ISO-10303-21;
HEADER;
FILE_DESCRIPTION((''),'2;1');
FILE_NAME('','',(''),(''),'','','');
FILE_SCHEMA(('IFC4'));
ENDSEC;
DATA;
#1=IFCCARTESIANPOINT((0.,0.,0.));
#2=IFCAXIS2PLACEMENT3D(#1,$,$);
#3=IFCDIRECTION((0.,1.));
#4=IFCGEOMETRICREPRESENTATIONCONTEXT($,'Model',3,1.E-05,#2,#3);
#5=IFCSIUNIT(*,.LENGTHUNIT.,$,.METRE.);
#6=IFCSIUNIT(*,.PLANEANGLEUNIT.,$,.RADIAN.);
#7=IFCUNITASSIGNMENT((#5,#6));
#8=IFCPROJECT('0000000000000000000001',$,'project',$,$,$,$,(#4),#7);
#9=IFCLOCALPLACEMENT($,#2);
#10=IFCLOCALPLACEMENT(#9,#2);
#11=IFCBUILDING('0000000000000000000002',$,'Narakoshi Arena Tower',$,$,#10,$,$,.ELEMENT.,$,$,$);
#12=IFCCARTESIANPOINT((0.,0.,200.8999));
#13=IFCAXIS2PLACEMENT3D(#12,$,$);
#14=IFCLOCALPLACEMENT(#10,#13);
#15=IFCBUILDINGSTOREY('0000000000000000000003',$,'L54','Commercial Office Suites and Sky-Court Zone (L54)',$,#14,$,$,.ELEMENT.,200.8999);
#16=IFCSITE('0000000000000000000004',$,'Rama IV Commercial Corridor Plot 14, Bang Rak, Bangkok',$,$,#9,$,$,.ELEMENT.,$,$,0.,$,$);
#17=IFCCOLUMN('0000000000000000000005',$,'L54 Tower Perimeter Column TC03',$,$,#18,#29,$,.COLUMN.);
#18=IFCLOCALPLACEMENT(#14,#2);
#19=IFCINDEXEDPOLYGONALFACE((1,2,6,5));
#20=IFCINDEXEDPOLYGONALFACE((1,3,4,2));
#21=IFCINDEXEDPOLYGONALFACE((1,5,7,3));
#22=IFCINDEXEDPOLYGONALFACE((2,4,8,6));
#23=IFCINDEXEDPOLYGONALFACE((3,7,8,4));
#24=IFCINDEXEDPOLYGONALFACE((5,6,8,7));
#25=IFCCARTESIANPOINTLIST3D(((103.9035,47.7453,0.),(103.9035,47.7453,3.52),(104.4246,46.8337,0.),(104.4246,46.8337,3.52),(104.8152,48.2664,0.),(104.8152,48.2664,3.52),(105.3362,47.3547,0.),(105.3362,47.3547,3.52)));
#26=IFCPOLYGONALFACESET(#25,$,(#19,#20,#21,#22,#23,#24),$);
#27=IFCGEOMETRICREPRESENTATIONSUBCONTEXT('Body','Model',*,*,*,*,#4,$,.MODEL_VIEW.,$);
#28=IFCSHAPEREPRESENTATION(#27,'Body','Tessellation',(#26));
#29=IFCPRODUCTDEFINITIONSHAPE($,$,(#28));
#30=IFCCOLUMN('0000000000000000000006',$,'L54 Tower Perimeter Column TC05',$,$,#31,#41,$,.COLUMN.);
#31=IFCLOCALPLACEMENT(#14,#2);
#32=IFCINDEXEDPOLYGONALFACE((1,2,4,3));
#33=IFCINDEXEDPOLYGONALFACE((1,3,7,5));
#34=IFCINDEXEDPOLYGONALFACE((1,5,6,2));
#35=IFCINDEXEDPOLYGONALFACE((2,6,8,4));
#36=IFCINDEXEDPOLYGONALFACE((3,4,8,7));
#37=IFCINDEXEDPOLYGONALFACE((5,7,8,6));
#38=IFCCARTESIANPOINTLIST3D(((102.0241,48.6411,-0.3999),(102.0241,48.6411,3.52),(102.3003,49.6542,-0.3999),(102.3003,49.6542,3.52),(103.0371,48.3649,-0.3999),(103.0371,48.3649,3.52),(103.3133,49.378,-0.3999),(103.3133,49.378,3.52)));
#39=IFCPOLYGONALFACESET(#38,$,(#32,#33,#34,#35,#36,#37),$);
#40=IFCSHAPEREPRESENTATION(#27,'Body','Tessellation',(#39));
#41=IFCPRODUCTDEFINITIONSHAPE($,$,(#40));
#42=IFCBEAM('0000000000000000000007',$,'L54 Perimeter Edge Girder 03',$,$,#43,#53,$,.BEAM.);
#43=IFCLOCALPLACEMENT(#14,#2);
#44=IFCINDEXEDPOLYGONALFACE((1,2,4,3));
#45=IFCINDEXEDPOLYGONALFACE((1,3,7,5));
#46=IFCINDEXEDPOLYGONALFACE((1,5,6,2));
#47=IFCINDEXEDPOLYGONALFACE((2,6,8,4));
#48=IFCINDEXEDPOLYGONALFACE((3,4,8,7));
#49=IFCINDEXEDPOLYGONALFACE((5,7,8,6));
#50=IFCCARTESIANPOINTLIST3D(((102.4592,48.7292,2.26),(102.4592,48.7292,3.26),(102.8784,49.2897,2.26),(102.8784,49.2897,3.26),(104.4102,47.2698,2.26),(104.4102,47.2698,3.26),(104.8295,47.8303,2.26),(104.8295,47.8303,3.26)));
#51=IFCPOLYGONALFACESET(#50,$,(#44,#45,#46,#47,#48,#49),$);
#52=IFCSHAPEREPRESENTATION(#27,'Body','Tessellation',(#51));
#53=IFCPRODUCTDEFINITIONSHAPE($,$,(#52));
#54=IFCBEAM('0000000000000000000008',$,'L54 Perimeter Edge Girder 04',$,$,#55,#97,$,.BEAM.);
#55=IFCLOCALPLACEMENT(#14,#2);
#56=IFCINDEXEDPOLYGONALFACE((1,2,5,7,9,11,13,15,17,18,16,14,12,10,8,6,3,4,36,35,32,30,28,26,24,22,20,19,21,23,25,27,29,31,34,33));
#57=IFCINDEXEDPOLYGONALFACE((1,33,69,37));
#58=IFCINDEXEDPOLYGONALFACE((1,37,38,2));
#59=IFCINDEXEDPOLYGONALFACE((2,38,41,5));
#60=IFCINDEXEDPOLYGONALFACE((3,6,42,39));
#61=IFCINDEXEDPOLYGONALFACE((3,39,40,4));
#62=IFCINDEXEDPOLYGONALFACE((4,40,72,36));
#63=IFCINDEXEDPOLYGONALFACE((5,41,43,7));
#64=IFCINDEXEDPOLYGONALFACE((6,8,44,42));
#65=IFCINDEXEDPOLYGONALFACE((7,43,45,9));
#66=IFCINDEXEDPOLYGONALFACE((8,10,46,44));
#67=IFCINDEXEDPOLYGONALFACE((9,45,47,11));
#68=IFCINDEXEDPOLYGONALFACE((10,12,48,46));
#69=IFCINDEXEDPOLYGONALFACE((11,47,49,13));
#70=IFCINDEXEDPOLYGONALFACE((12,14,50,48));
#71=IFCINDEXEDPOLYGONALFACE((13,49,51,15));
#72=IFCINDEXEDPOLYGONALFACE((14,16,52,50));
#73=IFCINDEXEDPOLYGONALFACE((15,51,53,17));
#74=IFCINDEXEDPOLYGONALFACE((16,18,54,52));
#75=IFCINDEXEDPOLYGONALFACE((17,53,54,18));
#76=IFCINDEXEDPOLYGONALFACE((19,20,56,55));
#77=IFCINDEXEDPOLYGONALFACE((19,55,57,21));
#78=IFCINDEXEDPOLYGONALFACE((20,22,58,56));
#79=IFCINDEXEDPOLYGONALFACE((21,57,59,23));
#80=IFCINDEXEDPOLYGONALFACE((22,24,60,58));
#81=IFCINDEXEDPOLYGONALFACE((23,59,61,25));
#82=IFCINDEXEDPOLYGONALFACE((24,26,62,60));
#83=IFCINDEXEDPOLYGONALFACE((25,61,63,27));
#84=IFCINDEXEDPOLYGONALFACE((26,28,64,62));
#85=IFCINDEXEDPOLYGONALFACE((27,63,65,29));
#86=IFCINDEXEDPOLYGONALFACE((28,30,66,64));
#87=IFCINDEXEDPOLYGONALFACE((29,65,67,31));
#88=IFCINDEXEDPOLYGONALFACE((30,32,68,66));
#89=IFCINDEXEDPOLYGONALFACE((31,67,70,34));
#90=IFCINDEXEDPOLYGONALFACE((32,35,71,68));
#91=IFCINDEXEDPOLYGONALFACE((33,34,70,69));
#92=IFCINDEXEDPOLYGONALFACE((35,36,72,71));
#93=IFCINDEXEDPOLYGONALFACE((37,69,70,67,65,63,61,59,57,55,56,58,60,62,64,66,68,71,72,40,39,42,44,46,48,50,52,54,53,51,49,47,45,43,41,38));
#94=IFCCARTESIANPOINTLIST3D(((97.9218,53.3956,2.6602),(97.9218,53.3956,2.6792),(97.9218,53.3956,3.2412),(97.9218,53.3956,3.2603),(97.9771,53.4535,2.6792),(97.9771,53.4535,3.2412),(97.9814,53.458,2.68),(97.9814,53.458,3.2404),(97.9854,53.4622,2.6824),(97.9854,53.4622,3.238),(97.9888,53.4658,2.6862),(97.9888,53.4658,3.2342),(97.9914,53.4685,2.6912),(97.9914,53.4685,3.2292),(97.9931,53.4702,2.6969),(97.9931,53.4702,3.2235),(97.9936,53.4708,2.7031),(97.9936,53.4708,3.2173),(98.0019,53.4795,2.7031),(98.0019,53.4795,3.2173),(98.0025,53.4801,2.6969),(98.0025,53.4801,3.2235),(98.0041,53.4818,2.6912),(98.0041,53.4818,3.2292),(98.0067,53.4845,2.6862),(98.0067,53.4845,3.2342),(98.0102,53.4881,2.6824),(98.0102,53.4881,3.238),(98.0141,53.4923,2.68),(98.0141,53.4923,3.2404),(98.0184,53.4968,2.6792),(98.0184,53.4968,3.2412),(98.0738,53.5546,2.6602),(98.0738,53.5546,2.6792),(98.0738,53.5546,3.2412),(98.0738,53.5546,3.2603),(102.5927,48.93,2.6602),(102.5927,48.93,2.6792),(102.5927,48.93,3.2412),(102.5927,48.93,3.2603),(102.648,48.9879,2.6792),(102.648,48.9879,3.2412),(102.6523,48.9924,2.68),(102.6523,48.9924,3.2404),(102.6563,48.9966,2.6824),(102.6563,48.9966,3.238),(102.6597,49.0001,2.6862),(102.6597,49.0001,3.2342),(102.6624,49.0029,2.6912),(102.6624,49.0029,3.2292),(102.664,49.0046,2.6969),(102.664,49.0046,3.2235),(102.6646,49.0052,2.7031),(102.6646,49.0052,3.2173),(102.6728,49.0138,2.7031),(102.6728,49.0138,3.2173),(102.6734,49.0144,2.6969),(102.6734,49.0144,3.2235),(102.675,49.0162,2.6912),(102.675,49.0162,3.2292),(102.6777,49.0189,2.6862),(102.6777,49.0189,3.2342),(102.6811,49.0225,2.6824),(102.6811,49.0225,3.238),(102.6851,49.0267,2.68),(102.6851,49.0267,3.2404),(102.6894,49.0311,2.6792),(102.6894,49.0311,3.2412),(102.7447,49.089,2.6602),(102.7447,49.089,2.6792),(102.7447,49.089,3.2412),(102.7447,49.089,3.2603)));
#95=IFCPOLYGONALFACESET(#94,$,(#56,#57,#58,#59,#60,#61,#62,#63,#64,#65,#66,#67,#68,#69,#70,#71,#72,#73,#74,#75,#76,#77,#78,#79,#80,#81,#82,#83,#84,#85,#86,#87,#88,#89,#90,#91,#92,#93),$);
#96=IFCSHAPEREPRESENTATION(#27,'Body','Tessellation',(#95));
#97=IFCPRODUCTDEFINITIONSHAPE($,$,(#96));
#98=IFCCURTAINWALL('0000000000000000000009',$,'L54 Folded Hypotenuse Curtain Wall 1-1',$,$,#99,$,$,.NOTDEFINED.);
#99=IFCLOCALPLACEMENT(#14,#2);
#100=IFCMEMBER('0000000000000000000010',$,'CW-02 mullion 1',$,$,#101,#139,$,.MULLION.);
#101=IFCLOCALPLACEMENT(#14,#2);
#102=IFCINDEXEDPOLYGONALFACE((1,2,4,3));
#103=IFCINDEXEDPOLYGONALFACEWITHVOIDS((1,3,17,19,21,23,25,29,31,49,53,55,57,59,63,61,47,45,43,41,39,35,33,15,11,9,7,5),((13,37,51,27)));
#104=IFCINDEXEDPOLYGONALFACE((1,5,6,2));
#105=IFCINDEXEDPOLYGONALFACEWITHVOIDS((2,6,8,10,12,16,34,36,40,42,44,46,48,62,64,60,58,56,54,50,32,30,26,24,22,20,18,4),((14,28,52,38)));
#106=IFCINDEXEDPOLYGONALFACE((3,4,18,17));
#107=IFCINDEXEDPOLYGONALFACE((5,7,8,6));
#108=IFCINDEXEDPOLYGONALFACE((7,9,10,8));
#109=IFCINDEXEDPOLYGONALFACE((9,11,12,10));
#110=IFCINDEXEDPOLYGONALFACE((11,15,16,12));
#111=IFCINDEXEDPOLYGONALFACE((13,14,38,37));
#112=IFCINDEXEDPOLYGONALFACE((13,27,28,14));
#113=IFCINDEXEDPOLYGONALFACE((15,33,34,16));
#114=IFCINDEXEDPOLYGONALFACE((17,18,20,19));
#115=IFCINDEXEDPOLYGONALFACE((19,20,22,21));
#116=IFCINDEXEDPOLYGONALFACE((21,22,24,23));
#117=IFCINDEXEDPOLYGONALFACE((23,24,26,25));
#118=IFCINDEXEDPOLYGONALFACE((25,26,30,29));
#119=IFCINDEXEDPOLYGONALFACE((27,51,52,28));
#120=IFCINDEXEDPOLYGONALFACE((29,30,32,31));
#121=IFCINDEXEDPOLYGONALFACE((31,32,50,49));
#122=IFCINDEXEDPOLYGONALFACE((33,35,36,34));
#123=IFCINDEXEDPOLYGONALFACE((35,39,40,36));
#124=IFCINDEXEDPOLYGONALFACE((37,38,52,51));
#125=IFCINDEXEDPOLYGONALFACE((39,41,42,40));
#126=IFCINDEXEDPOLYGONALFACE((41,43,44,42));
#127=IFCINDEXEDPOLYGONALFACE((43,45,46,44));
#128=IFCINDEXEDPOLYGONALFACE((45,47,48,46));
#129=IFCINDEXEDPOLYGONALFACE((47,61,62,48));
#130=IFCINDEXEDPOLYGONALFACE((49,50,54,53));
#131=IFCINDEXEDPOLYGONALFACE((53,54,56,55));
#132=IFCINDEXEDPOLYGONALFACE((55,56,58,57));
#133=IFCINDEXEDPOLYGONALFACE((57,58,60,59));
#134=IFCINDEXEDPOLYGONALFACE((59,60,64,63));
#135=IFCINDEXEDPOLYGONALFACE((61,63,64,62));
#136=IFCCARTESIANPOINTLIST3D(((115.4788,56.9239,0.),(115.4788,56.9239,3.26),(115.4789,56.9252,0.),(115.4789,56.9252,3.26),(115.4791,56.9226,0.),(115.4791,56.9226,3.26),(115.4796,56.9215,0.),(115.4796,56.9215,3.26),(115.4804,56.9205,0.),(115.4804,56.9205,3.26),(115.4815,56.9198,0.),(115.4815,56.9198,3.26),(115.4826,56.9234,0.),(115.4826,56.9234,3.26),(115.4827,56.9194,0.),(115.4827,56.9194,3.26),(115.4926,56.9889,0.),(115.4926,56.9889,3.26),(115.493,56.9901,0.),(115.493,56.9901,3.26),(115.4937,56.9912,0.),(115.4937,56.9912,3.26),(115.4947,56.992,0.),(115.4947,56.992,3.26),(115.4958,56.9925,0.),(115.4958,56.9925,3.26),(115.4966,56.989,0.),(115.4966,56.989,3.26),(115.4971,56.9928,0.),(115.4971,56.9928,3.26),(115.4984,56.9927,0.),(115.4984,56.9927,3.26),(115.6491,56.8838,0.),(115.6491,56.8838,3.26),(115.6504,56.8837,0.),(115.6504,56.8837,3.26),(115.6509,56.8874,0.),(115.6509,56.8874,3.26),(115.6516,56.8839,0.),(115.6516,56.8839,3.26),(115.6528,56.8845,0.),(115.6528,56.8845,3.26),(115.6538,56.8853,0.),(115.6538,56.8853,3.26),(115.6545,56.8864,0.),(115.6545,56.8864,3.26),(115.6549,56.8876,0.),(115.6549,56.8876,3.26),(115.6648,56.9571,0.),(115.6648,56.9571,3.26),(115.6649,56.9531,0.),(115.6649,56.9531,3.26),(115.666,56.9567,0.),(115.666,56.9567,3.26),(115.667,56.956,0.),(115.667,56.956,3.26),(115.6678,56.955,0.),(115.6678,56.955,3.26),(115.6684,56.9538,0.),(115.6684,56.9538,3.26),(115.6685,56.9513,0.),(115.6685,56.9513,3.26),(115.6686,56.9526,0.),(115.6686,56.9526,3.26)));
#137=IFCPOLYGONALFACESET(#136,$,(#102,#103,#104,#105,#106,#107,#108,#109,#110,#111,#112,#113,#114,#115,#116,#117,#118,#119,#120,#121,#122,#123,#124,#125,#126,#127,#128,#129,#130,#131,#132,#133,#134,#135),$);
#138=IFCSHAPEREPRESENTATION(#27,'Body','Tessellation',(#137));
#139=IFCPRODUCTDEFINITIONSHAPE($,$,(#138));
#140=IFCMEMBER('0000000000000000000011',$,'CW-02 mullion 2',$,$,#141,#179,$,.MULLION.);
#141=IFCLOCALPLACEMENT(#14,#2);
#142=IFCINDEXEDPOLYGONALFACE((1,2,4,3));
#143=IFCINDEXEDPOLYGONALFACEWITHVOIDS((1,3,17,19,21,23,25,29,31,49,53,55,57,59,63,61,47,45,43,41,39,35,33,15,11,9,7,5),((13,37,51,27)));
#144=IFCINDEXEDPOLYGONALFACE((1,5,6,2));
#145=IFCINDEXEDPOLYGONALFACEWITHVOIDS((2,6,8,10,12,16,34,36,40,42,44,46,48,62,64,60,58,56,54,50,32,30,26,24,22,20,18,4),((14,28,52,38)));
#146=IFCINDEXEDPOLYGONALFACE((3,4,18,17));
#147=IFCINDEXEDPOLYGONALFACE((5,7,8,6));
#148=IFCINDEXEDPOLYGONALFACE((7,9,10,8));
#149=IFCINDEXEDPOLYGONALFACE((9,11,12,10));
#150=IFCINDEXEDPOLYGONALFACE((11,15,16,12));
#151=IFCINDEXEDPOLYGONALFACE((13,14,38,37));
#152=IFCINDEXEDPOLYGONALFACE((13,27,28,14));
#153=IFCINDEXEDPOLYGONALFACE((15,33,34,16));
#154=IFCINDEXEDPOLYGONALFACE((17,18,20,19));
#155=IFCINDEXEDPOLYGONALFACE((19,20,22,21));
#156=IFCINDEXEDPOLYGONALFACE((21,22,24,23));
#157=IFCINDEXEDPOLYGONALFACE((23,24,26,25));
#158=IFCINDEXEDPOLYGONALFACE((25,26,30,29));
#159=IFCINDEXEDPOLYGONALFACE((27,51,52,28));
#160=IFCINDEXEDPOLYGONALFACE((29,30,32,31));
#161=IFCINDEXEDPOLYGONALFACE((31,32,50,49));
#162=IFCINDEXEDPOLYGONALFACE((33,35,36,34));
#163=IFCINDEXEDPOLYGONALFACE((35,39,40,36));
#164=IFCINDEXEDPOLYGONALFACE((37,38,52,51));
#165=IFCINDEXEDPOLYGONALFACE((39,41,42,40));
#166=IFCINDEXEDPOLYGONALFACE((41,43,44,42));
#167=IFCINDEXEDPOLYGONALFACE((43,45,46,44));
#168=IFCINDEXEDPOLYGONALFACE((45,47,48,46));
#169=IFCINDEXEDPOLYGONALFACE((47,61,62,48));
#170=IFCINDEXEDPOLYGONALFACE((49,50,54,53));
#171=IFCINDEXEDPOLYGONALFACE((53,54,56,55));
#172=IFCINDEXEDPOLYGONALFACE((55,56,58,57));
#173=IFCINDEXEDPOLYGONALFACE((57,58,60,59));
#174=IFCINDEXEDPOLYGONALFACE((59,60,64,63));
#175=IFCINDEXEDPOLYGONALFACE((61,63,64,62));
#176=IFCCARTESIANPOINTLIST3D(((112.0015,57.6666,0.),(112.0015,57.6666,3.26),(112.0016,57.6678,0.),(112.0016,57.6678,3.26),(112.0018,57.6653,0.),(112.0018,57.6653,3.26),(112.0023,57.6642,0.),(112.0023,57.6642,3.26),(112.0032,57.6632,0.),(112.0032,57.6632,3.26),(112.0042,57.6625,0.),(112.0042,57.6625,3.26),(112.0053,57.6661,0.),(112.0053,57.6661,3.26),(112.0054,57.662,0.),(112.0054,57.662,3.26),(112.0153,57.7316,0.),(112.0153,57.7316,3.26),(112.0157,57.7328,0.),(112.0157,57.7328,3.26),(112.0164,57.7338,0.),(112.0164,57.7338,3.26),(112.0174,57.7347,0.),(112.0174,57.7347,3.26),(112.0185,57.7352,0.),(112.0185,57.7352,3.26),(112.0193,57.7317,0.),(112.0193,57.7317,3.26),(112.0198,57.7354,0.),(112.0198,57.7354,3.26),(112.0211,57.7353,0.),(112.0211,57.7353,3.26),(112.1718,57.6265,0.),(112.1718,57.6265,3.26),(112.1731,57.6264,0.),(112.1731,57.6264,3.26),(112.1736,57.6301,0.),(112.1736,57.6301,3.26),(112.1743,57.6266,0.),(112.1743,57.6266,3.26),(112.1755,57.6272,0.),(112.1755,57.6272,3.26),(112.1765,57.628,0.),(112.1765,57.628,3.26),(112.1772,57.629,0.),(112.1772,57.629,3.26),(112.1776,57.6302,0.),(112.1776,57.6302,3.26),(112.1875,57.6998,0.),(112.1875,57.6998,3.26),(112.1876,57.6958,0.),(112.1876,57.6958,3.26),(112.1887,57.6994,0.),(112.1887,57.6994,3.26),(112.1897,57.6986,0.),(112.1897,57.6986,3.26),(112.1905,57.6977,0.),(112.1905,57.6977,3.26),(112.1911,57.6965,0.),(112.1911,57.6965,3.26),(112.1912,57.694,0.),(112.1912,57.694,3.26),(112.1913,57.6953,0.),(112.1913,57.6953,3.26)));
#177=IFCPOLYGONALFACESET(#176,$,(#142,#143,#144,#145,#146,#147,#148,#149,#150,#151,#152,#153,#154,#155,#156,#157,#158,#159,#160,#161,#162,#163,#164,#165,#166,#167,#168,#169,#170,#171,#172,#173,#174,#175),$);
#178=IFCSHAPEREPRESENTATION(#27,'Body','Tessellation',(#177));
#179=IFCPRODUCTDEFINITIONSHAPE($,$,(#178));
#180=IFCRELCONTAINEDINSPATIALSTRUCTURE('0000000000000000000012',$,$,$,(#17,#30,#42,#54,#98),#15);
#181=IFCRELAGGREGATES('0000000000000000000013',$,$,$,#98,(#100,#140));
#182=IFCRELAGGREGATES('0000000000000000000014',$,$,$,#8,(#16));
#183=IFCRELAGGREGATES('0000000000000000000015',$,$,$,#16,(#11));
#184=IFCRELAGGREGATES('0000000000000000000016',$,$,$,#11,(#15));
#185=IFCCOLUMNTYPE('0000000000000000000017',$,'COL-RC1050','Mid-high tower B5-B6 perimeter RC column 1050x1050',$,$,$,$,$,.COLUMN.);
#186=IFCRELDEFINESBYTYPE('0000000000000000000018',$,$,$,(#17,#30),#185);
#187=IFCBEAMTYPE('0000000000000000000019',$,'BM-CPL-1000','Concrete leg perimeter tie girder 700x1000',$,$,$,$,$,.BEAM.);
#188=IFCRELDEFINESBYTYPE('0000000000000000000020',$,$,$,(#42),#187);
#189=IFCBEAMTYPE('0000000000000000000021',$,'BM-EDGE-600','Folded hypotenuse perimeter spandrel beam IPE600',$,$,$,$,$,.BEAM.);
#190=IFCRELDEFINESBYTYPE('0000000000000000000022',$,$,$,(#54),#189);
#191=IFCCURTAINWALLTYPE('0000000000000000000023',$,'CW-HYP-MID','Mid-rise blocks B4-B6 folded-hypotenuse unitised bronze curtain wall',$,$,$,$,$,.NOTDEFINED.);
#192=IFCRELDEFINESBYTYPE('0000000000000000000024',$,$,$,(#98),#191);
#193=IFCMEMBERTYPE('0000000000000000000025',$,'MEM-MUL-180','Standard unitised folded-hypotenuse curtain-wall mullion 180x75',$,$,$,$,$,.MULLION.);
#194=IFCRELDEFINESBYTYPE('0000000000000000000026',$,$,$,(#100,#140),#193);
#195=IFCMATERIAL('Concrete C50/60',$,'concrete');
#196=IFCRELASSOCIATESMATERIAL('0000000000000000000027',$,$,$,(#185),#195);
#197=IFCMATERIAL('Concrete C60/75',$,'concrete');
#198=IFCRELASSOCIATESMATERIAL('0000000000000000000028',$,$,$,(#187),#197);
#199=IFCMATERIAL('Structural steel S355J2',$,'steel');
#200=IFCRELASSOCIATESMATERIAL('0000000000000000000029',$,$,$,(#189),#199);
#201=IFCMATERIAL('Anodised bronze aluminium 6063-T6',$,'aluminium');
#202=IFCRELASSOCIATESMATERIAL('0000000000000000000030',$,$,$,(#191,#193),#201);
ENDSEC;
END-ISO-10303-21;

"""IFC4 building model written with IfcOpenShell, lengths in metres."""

from ifc_helpers import new_model, si_unit, direction, frame, origin, origin_2d, place, context, subcontext, project, spatial, rectangle, hollow_rectangle, i_section, extrude, material, material_profile, profile_set, type_object, element, aggregate, save


model = new_model("IFC4")

# Units and contexts
model_context = context("Model", 3, precision=1e-05, world=origin(), true_north=direction((0.0, 1.0)))
body_context = subcontext(model_context, "Body", "Model", "MODEL_VIEW")
ifc_project = project(units=[si_unit("LENGTHUNIT", "METRE"), si_unit("PLANEANGLEUNIT", "RADIAN")], contexts=[model_context])

# Site, building, storey
site_placement = place(None, origin())
site = spatial("IfcSite", under=ifc_project, at=site_placement, Name="Rama IV Commercial Corridor Plot 14, Bang Rak, Bangkok", CompositionType="ELEMENT", RefElevation=0.0)
building_placement = place(site_placement, origin())
building = spatial("IfcBuilding", under=site, at=building_placement, Name="Narakoshi Arena Tower", CompositionType="ELEMENT")
storey_placement = place(building_placement, frame((0.0, 0.0, 200.8999)))
storey = spatial("IfcBuildingStorey", under=building, at=storey_placement, Name="L54", Description="Commercial Office Suites and Sky-Court Zone (L54)", CompositionType="ELEMENT", Elevation=200.8999)

# Columns
ifc_material_1 = material(Name="Concrete C50/60", Category="concrete")
ifc_material_profile_1 = material_profile(ifc_material_1, rectangle(XDim=1.05, YDim=1.05, at=origin_2d()), Name="RC1050x1050")
ifc_profile_set_1 = profile_set([ifc_material_profile_1], Name="Concrete C50/60")
column_type = type_object("IfcColumnType", Name="COL-RC1050", Description="Mid-high tower B5-B6 perimeter RC column 1050x1050", PredefinedType="COLUMN", material=ifc_profile_set_1)
column_1_placement = place(storey_placement, frame((104.6199, 47.55, 0.0), z_axis=(0.0, 0.0, 1.0), x_axis=(0.868199, 0.496217, 0.0)))
element("IfcColumn", 1, at=column_1_placement, inside=storey, type_object=column_type, Name="L54 Tower Perimeter Column TC03", PredefinedType="COLUMN", context=body_context, shape_type="SweptSolid", body=[
    extrude(rectangle(XDim=1.05, YDim=1.05, at=origin_2d()), origin(), (0.0, 0.0, 1.0), 3.52),
])
column_2_placement = place(storey_placement, frame((102.6687, 49.0095, -0.3999), z_axis=(0.0, 0.0, 1.0), x_axis=(0.263031, 0.964787, 0.0)))
element("IfcColumn", 2, at=column_2_placement, inside=storey, type_object=column_type, Name="L54 Tower Perimeter Column TC05", PredefinedType="COLUMN", context=body_context, shape_type="SweptSolid", body=[
    extrude(rectangle(XDim=1.05, YDim=1.05, at=origin_2d()), origin(), (0.0, 0.0, 1.0), 3.9199),
])

# Beams
ifc_material_2 = material(Name="Concrete C60/75", Category="concrete")
ifc_material_profile_2 = material_profile(ifc_material_2, rectangle(XDim=0.7, YDim=1.0, at=origin_2d()), Name="RCB700x1000")
ifc_profile_set_2 = profile_set([ifc_material_profile_2], Name="Concrete C60/75")
beam_type_1 = type_object("IfcBeamType", Name="BM-CPL-1000", Description="Concrete leg perimeter tie girder 700x1000", PredefinedType="BEAM", material=ifc_profile_set_2)
beam_1_placement = place(storey_placement, frame((104.6199, 47.55, 2.76), z_axis=(-0.800769, 0.598973, 0.0), x_axis=(-0.598973, -0.800769, 0.0)))
element("IfcBeam", 3, at=beam_1_placement, inside=storey, type_object=beam_type_1, Name="L54 Perimeter Edge Girder 03", PredefinedType="BEAM", context=body_context, shape_type="SweptSolid", body=[
    extrude(rectangle(XDim=0.7, YDim=1.0, at=origin_2d()), origin(), (0.0, 0.0, 1.0), 2.4365),
])
ifc_material_3 = material(Name="Structural steel S355J2", Category="steel")
ifc_material_profile_3 = material_profile(ifc_material_3, i_section(OverallWidth=0.22, OverallDepth=0.6001, WebThickness=0.012, FlangeThickness=0.019, FilletRadius=0.0239, at=origin_2d()), Name="IPE600")
ifc_profile_set_3 = profile_set([ifc_material_profile_3], Name="Structural steel S355J2")
beam_type_2 = type_object("IfcBeamType", Name="BM-EDGE-600", Description="Folded hypotenuse perimeter spandrel beam IPE600", PredefinedType="BEAM", material=ifc_profile_set_3)
beam_2_placement = place(storey_placement, frame((102.6687, 49.0095, 2.9602), z_axis=(-0.722815, 0.691042, 0.0), x_axis=(-0.691042, -0.722815, 0.0)))
element("IfcBeam", 4, at=beam_2_placement, inside=storey, type_object=beam_type_2, Name="L54 Perimeter Edge Girder 04", PredefinedType="BEAM", context=body_context, shape_type="SweptSolid", body=[
    extrude(i_section(OverallWidth=0.22, OverallDepth=0.6001, WebThickness=0.012, FlangeThickness=0.019, FilletRadius=0.0239, at=origin_2d()), origin(), (0.0, 0.0, 1.0), 6.4622),
])

# Curtain wall, members
ifc_material_4 = material(Name="Anodised bronze aluminium 6063-T6", Category="aluminium")
curtain_wall_type = type_object("IfcCurtainWallType", Name="CW-HYP-MID", Description="Mid-rise blocks B4-B6 folded-hypotenuse unitised bronze curtain wall", PredefinedType="NOTDEFINED", material=ifc_material_4)
curtain_wall_placement = place(storey_placement, origin())
curtain_wall = element("IfcCurtainWall", 5, at=curtain_wall_placement, inside=storey, type_object=curtain_wall_type, Name="L54 Folded Hypotenuse Curtain Wall 1-1", PredefinedType="NOTDEFINED")
ifc_material_profile_4 = material_profile(ifc_material_4, hollow_rectangle(XDim=0.075, YDim=0.1799, WallThickness=0.0039, OuterFilletRadius=0.0049, at=origin_2d()), Name="MUL180x75x4")
ifc_profile_set_4 = profile_set([ifc_material_profile_4], Name="Anodised bronze aluminium 6063-T6")
member_type_1 = type_object("IfcMemberType", Name="MEM-MUL-180", Description="Standard unitised folded-hypotenuse curtain-wall mullion 180x75", PredefinedType="MULLION", material=ifc_profile_set_4)
member_1_placement = place(storey_placement, frame((115.5737, 56.9382, 0.0), z_axis=(0.0, 0.0, 1.0), x_axis=(-0.208899, -0.977937, 0.0)))
member_1 = element("IfcMember", 6, at=member_1_placement, type_object=member_type_1, Name="CW-02 mullion 1", PredefinedType="MULLION", context=body_context, shape_type="SweptSolid", body=[
    extrude(hollow_rectangle(XDim=0.075, YDim=0.1799, WallThickness=0.0039, OuterFilletRadius=0.0049, at=origin_2d()), origin(), (0.0, 0.0, 1.0), 3.26),
])
member_2_placement = place(storey_placement, frame((112.0964, 57.6809, 0.0), z_axis=(0.0, 0.0, 1.0), x_axis=(-0.208899, -0.977937, 0.0)))
member_2 = element("IfcMember", 7, at=member_2_placement, type_object=member_type_1, Name="CW-02 mullion 2", PredefinedType="MULLION", context=body_context, shape_type="SweptSolid", body=[
    extrude(hollow_rectangle(XDim=0.075, YDim=0.1799, WallThickness=0.0039, OuterFilletRadius=0.0049, at=origin_2d()), origin(), (0.0, 0.0, 1.0), 3.26),
])
aggregate(curtain_wall, [member_1, member_2])

save(model, "model.ifc")
